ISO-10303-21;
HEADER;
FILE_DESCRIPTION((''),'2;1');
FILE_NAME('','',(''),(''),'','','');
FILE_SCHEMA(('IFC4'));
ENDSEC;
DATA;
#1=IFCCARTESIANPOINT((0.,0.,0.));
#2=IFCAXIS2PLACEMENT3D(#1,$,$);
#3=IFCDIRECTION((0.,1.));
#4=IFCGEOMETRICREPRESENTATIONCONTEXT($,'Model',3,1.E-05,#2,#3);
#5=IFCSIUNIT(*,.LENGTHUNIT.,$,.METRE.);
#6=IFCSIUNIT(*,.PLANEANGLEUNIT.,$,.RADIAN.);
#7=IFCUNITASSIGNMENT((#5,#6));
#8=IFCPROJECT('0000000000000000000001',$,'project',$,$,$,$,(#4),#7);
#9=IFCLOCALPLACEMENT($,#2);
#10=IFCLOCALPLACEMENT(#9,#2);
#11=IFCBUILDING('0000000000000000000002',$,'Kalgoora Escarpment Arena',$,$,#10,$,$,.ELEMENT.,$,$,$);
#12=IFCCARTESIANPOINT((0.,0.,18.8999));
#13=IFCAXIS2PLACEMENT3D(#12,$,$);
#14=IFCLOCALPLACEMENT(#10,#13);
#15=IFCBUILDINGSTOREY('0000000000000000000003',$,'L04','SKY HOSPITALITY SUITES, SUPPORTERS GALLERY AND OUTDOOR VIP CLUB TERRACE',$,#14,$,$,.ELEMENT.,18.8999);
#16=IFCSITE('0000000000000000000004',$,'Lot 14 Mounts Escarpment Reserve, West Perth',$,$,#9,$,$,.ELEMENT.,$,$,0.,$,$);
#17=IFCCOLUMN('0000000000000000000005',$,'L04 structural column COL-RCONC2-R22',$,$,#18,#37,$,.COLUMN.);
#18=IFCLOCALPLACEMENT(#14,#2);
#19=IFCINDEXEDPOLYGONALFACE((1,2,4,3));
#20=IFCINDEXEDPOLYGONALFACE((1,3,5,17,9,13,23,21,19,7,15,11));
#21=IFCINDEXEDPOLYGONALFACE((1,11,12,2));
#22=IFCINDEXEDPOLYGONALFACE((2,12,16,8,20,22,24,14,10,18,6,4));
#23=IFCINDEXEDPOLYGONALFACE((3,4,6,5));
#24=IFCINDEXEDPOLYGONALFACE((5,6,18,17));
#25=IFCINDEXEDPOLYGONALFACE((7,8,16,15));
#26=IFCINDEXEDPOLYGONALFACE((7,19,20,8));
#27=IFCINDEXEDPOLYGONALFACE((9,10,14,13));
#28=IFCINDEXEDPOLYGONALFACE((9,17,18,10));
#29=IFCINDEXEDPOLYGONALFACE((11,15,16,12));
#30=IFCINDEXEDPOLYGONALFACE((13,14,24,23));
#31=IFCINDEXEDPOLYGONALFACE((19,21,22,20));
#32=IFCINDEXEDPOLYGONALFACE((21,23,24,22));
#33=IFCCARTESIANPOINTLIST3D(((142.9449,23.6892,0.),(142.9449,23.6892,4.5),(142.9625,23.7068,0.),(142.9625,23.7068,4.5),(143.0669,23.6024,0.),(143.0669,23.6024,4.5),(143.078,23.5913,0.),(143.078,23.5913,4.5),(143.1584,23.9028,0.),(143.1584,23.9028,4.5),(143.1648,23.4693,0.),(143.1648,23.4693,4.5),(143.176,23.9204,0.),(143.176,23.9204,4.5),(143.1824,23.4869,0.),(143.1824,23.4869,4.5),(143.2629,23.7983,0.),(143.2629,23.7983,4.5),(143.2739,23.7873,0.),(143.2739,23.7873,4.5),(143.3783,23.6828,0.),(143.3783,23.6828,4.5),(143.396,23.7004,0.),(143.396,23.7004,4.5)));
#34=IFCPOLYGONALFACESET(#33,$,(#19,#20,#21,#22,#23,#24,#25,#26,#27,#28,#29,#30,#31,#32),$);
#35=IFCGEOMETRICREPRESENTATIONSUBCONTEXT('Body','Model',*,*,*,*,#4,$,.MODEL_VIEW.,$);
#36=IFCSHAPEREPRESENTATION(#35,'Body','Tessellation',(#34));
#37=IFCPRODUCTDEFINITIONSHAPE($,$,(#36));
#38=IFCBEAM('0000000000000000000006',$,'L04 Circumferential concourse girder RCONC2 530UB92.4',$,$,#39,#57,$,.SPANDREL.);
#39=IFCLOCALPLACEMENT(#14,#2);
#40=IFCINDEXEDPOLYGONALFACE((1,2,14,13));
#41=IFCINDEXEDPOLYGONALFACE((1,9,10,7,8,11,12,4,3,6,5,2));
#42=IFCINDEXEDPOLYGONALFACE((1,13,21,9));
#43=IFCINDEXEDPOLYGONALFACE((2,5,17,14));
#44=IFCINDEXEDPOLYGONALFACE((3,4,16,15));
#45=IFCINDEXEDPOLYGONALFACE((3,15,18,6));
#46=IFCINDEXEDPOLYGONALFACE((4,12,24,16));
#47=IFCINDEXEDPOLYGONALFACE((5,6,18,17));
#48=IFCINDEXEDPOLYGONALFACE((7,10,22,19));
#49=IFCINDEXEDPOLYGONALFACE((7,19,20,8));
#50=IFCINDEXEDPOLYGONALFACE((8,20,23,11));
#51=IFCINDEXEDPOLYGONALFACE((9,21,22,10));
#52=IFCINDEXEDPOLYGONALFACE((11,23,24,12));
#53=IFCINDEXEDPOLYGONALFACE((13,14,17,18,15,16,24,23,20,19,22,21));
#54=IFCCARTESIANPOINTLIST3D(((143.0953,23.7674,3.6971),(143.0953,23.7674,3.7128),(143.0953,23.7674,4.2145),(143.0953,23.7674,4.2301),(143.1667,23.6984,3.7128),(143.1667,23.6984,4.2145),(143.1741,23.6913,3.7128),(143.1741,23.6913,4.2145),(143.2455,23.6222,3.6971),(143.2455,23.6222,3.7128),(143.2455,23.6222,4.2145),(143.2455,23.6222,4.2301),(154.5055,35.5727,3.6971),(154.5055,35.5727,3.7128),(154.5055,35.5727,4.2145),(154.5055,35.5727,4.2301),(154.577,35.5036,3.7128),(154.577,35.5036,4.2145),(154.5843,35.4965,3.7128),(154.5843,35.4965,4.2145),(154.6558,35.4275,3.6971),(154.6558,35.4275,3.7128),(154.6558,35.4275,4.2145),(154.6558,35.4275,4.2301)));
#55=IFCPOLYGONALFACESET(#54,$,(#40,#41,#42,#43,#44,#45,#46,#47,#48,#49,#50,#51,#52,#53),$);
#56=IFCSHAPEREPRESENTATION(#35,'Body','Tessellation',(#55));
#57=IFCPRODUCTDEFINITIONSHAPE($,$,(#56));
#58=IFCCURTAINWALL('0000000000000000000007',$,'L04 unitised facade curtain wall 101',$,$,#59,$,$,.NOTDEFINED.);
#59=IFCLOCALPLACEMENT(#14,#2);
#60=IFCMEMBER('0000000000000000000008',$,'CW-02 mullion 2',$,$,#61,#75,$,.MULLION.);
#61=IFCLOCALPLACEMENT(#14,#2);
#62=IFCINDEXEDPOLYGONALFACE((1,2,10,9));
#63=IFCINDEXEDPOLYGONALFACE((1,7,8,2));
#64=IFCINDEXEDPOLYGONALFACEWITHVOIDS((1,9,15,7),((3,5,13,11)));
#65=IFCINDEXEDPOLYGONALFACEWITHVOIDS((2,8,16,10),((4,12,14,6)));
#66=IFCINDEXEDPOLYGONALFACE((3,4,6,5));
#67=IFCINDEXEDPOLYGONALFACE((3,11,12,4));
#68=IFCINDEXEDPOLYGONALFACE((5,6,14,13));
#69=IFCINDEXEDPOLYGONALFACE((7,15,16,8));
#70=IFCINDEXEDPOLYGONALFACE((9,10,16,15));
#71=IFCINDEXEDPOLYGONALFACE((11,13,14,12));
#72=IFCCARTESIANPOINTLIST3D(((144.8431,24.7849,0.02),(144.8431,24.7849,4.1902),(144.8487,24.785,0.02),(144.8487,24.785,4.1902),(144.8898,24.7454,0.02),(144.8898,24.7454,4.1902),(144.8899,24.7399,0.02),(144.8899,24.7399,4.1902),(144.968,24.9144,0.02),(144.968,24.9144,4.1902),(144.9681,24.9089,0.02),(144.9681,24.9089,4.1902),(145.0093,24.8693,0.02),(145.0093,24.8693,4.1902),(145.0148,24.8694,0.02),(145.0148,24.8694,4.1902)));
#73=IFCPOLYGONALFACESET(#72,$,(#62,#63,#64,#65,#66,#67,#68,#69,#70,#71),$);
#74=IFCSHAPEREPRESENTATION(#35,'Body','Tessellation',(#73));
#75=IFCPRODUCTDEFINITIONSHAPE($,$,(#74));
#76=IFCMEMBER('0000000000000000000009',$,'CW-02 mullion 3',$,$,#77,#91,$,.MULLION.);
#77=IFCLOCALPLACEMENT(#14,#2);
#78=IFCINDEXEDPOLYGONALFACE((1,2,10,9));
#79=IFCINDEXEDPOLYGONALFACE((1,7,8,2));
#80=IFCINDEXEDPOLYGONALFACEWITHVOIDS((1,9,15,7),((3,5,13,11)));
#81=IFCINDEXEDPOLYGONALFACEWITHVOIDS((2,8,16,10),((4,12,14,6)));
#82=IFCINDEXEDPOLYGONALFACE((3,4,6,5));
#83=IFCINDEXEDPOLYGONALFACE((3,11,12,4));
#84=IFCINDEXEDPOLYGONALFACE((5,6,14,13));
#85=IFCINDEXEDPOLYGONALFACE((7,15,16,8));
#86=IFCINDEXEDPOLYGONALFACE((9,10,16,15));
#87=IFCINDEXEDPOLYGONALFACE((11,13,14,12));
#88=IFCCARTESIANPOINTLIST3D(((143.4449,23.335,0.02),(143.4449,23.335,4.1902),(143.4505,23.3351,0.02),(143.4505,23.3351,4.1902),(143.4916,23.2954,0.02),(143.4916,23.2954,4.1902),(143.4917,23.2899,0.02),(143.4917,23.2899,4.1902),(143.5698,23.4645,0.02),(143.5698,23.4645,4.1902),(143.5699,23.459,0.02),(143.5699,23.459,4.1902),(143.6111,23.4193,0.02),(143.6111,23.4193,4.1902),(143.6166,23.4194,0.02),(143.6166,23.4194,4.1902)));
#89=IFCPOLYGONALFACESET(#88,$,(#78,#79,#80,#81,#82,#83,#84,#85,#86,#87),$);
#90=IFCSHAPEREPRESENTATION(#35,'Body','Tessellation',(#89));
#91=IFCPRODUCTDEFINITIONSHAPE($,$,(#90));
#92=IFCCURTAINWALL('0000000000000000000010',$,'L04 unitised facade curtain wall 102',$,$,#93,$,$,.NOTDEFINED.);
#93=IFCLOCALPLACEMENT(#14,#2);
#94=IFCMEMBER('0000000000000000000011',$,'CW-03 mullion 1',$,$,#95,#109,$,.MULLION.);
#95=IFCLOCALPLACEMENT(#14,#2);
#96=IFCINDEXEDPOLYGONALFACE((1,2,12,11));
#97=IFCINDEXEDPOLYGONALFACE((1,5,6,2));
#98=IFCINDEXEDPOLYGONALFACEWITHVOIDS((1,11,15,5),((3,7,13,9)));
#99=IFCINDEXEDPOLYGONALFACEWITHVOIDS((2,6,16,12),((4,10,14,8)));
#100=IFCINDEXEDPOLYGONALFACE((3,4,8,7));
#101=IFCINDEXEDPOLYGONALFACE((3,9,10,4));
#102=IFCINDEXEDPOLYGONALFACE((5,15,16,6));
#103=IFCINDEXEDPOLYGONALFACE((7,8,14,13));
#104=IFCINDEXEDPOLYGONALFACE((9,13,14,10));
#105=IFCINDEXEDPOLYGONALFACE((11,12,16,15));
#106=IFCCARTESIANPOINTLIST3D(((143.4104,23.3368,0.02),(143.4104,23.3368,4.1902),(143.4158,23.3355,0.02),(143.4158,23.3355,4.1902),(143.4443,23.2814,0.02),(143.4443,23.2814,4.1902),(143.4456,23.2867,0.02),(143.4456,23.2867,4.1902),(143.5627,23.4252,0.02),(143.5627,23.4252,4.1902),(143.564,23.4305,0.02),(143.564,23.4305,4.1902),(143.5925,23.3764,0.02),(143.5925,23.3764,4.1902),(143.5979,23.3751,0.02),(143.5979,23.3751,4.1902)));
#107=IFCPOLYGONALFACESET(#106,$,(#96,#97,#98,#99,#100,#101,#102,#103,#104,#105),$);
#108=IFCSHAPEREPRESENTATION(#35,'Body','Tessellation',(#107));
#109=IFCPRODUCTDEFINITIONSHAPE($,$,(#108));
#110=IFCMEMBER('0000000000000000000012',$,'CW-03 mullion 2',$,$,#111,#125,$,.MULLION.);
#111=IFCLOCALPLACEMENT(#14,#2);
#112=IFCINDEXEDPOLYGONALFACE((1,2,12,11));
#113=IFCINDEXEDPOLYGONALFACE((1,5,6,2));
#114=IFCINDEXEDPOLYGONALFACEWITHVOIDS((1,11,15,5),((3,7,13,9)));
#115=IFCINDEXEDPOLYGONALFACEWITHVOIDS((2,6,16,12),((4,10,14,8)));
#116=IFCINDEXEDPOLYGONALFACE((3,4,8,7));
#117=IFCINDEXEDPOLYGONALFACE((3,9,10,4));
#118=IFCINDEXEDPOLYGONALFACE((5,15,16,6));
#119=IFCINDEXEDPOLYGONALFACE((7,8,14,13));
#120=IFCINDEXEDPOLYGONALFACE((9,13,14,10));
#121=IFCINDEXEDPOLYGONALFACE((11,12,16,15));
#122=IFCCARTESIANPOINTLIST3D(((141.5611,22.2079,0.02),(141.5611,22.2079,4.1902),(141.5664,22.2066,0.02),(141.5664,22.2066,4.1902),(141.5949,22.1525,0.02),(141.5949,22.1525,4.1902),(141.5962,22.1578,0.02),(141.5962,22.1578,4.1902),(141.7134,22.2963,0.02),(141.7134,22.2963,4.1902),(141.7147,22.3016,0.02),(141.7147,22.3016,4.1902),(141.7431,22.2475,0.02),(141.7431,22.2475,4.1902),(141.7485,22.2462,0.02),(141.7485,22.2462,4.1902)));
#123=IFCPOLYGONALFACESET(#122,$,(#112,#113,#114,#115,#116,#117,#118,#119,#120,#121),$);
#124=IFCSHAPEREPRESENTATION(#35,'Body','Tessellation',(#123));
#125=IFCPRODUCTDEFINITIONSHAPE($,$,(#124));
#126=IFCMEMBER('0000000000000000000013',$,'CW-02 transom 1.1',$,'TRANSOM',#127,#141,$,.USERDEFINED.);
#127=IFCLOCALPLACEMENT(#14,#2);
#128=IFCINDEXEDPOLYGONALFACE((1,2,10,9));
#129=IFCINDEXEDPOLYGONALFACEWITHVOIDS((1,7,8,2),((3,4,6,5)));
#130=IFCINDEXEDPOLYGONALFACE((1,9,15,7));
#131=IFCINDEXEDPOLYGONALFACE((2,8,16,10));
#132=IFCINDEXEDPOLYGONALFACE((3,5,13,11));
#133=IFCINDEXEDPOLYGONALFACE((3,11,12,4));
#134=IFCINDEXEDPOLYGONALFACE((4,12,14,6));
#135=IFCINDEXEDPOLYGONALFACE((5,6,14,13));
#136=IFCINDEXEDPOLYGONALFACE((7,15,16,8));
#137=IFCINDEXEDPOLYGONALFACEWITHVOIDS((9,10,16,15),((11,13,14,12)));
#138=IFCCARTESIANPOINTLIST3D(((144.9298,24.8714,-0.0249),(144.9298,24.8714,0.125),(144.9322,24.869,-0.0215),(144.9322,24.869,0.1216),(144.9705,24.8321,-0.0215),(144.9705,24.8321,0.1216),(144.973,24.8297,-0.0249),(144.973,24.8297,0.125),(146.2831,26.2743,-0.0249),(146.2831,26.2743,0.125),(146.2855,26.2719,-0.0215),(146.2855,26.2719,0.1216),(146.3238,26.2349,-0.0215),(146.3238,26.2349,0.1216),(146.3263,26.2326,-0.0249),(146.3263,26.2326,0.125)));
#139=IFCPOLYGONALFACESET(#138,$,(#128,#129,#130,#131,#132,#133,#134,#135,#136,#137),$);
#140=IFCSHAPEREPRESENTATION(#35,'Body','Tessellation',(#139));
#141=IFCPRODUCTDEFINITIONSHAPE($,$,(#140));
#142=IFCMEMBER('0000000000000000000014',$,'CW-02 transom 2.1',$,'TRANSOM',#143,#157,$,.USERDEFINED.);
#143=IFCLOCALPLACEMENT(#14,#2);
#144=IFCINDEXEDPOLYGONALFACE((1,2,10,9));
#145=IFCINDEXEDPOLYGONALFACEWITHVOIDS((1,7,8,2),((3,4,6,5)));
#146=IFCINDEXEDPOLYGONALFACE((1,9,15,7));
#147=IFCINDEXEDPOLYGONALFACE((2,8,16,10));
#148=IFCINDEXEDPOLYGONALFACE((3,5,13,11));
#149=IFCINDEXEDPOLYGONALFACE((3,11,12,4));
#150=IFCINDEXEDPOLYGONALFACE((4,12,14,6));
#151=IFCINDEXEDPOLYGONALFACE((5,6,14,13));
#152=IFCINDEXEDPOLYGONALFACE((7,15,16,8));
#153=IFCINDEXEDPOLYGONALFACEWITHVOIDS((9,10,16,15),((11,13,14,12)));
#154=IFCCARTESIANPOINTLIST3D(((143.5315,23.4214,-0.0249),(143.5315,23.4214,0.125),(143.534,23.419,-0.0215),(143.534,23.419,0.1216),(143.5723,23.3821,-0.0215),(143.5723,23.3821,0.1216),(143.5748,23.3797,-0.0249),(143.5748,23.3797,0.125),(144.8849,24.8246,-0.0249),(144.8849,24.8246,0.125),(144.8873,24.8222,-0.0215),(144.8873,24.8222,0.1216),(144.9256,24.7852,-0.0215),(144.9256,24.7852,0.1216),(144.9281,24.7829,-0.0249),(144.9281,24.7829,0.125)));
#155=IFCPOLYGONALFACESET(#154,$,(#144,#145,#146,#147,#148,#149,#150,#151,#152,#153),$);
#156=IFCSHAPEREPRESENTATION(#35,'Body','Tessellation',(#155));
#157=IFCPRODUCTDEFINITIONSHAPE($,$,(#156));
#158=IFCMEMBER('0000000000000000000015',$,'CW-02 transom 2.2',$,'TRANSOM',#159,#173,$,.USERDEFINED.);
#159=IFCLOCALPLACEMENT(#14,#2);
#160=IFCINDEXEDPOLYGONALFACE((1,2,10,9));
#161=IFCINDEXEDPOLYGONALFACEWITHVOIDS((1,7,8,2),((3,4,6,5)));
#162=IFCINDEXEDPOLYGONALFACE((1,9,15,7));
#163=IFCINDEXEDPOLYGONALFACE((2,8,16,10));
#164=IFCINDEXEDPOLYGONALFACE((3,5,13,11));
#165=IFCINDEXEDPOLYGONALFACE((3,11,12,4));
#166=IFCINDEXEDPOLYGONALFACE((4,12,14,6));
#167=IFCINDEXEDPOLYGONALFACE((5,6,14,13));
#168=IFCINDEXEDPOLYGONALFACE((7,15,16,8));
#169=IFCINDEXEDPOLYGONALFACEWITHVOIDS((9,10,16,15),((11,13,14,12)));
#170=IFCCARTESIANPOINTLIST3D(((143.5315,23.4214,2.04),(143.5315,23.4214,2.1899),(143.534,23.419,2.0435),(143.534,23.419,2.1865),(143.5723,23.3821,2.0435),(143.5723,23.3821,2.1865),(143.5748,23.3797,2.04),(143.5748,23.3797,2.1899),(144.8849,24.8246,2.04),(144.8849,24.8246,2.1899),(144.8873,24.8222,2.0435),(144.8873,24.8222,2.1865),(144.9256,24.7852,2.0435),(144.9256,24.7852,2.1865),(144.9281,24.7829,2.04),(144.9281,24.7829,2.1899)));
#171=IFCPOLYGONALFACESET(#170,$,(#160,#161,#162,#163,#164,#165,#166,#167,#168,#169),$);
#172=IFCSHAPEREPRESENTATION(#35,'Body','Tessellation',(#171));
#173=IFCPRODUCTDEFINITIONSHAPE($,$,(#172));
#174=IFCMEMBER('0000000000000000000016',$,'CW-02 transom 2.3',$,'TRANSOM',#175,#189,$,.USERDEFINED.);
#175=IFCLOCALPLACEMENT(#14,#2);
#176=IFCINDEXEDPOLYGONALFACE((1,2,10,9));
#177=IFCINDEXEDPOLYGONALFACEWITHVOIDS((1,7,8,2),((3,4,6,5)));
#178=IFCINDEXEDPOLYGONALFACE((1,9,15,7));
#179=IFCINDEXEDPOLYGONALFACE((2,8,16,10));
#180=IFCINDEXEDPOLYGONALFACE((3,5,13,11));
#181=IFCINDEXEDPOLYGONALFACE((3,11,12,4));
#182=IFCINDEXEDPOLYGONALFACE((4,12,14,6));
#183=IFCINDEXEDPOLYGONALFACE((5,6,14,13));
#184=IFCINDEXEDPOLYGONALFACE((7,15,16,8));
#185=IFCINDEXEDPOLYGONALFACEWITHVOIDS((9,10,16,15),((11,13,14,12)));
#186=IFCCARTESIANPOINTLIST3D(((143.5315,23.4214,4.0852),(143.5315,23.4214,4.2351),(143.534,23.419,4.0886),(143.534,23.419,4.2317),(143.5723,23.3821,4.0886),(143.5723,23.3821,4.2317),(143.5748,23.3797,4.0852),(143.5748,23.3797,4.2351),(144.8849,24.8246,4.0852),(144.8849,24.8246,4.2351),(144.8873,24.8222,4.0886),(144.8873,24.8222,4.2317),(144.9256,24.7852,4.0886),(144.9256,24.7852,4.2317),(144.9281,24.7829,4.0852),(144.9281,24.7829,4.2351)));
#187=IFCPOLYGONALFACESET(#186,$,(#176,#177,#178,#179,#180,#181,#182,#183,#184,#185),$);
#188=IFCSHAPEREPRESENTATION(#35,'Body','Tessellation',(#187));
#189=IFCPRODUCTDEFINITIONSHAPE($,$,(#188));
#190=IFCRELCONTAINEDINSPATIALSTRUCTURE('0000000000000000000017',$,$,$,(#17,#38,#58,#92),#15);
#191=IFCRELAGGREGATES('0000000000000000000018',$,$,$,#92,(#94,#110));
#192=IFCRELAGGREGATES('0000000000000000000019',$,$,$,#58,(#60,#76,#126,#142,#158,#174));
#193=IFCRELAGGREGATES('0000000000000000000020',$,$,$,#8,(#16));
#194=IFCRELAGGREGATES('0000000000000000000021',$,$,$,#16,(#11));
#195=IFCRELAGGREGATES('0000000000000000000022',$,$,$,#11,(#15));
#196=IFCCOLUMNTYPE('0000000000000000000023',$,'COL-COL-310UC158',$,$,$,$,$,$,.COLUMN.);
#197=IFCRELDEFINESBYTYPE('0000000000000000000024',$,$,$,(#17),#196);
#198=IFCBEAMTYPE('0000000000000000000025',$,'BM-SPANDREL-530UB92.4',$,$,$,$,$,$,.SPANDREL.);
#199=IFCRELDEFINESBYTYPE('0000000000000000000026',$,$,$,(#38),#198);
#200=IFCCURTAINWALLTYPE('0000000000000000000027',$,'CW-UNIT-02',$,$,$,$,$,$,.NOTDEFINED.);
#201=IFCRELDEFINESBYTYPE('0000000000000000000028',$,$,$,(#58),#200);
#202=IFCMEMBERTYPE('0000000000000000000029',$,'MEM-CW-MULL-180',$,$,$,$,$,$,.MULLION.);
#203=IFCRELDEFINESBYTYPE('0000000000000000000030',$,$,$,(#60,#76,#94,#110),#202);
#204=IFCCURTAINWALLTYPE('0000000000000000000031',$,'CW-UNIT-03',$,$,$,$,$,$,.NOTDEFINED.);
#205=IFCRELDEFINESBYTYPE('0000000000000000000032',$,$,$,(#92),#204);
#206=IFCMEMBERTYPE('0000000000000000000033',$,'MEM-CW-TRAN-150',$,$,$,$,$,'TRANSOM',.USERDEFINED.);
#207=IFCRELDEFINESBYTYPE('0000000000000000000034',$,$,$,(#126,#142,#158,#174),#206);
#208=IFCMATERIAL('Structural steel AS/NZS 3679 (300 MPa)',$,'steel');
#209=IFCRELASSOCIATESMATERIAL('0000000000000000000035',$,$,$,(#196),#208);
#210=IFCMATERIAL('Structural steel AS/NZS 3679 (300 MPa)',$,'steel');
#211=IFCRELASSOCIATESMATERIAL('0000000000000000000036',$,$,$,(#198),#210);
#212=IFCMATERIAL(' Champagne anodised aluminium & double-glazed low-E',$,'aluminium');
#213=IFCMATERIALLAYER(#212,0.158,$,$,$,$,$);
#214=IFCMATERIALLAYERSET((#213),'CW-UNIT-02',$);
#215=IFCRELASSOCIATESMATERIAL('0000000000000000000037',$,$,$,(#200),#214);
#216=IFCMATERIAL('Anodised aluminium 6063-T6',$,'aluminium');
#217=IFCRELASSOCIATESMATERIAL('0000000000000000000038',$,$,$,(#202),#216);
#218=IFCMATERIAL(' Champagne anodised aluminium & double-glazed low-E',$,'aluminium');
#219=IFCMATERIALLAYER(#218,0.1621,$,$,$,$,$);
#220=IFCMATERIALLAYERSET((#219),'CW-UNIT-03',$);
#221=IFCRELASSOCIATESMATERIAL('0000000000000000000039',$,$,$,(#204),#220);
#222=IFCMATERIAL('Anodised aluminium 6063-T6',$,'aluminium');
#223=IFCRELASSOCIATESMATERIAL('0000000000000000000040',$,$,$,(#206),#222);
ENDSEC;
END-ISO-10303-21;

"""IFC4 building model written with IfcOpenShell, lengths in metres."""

from ifc_helpers import new_model, si_unit, direction, frame, origin, origin_2d, place, context, subcontext, project, spatial, hollow_rectangle, i_section, extrude, material, layer, layer_set, material_profile, profile_set, type_object, element, aggregate, save


model = new_model("IFC4")

# Units and contexts
model_context = context("Model", 3, precision=1e-05, world=origin(), true_north=direction((0.0, 1.0)))
body_context = subcontext(model_context, "Body", "Model", "MODEL_VIEW")
ifc_project = project(units=[si_unit("LENGTHUNIT", "METRE"), si_unit("PLANEANGLEUNIT", "RADIAN")], contexts=[model_context])

# Site, building, storey
site_placement = place(None, origin())
site = spatial("IfcSite", under=ifc_project, at=site_placement, Name="Lot 14 Mounts Escarpment Reserve, West Perth", CompositionType="ELEMENT", RefElevation=0.0)
building_placement = place(site_placement, origin())
building = spatial("IfcBuilding", under=site, at=building_placement, Name="Kalgoora Escarpment Arena", CompositionType="ELEMENT")
storey_placement = place(building_placement, frame((0.0, 0.0, 18.8999)))
storey = spatial("IfcBuildingStorey", under=building, at=storey_placement, Name="L04", Description="SKY HOSPITALITY SUITES, SUPPORTERS GALLERY AND OUTDOOR VIP CLUB TERRACE", CompositionType="ELEMENT", Elevation=18.8999)

# Column
ifc_material_1 = material(Name="Structural steel AS/NZS 3679 (300 MPa)", Category="steel")
ifc_material_profile_1 = material_profile(ifc_material_1, i_section(OverallWidth=0.311, OverallDepth=0.3269, WebThickness=0.0156, FlangeThickness=0.0249, at=origin_2d()))
ifc_profile_set_1 = profile_set([ifc_material_profile_1], Name="Structural steel AS/NZS 3679 (300 MPa)")
column_type = type_object("IfcColumnType", Name="COL-COL-310UC158", PredefinedType="COLUMN", material=ifc_profile_set_1)
column_placement = place(storey_placement, frame((143.1704, 23.6948, 0.0), z_axis=(0.0, 0.0, 1.0), x_axis=(0.707107, -0.707107, 0.0)))
element("IfcColumn", 1, at=column_placement, inside=storey, type_object=column_type, Name="L04 structural column COL-RCONC2-R22", PredefinedType="COLUMN", context=body_context, shape_type="SweptSolid", body=[
    extrude(i_section(OverallWidth=0.311, OverallDepth=0.3269, WebThickness=0.0156, FlangeThickness=0.0249, at=origin_2d()), origin(), (0.0, 0.0, 1.0), 4.5),
])

# Beam
ifc_material_2 = material(Name="Structural steel AS/NZS 3679 (300 MPa)", Category="steel")
ifc_material_profile_2 = material_profile(ifc_material_2, i_section(OverallWidth=0.209, OverallDepth=0.533, WebThickness=0.0103, FlangeThickness=0.0156, at=origin_2d()))
ifc_profile_set_2 = profile_set([ifc_material_profile_2], Name="Structural steel AS/NZS 3679 (300 MPa)")
beam_type = type_object("IfcBeamType", Name="BM-SPANDREL-530UB92.4", PredefinedType="SPANDREL", material=ifc_profile_set_2)
beam_placement = place(storey_placement, frame((143.1704, 23.6948, 3.9636), z_axis=(0.694974, 0.719034, 0.0), x_axis=(-0.719034, 0.694974, 0.0)))
element("IfcBeam", 2, at=beam_placement, inside=storey, type_object=beam_type, Name="L04 Circumferential concourse girder RCONC2 530UB92.4", PredefinedType="SPANDREL", context=body_context, shape_type="SweptSolid", body=[
    extrude(i_section(OverallWidth=0.209, OverallDepth=0.533, WebThickness=0.0103, FlangeThickness=0.0156, at=origin_2d()), origin(), (0.0, 0.0, 1.0), 16.4182),
])

# Curtain walls, members
ifc_material_3 = material(Name=" Champagne anodised aluminium & double-glazed low-E", Category="aluminium")
ifc_layer_1 = layer(ifc_material_3, 0.158)
ifc_layer_set_1 = layer_set([ifc_layer_1], Name="CW-UNIT-02")
curtain_wall_type_1 = type_object("IfcCurtainWallType", Name="CW-UNIT-02", PredefinedType="NOTDEFINED", material=ifc_layer_set_1)
curtain_wall_1_placement = place(storey_placement, origin())
curtain_wall_1 = element("IfcCurtainWall", 3, at=curtain_wall_1_placement, inside=storey, type_object=curtain_wall_type_1, Name="L04 unitised facade curtain wall 101", PredefinedType="NOTDEFINED")
ifc_material_4 = material(Name="Anodised aluminium 6063-T6", Category="aluminium")
ifc_material_profile_3 = material_profile(ifc_material_4, hollow_rectangle(XDim=0.0649, YDim=0.1799, WallThickness=0.0039, at=origin_2d()))
ifc_profile_set_3 = profile_set([ifc_material_profile_3], Name="Anodised aluminium 6063-T6")
member_type_1 = type_object("IfcMemberType", Name="MEM-CW-MULL-180", PredefinedType="MULLION", material=ifc_profile_set_3)
member_1_placement = place(storey_placement, frame((144.929, 24.8271, 0.02), z_axis=(0.0, 0.0, 1.0), x_axis=(0.71978, -0.694202, 0.0)))
member_1 = element("IfcMember", 4, at=member_1_placement, type_object=member_type_1, Name="CW-02 mullion 2", PredefinedType="MULLION", context=body_context, shape_type="SweptSolid", body=[
    extrude(hollow_rectangle(XDim=0.0649, YDim=0.1799, WallThickness=0.0039, at=origin_2d()), origin(), (0.0, 0.0, 1.0), 4.1702),
])
member_2_placement = place(storey_placement, frame((143.5308, 23.3772, 0.02), z_axis=(0.0, 0.0, 1.0), x_axis=(0.71978, -0.694202, 0.0)))
member_2 = element("IfcMember", 5, at=member_2_placement, type_object=member_type_1, Name="CW-02 mullion 3", PredefinedType="MULLION", context=body_context, shape_type="SweptSolid", body=[
    extrude(hollow_rectangle(XDim=0.0649, YDim=0.1799, WallThickness=0.0039, at=origin_2d()), origin(), (0.0, 0.0, 1.0), 4.1702),
])
ifc_material_5 = material(Name=" Champagne anodised aluminium & double-glazed low-E", Category="aluminium")
ifc_layer_2 = layer(ifc_material_5, 0.1621)
ifc_layer_set_2 = layer_set([ifc_layer_2], Name="CW-UNIT-03")
curtain_wall_type_2 = type_object("IfcCurtainWallType", Name="CW-UNIT-03", PredefinedType="NOTDEFINED", material=ifc_layer_set_2)
curtain_wall_2_placement = place(storey_placement, origin())
curtain_wall_2 = element("IfcCurtainWall", 6, at=curtain_wall_2_placement, inside=storey, type_object=curtain_wall_type_2, Name="L04 unitised facade curtain wall 102", PredefinedType="NOTDEFINED")
member_3_placement = place(storey_placement, frame((143.5042, 23.356, 0.02), z_axis=(0.0, 0.0, 1.0), x_axis=(0.52104, -0.853532, 0.0)))
member_3 = element("IfcMember", 7, at=member_3_placement, type_object=member_type_1, Name="CW-03 mullion 1", PredefinedType="MULLION", context=body_context, shape_type="SweptSolid", body=[
    extrude(hollow_rectangle(XDim=0.0649, YDim=0.1799, WallThickness=0.0039, at=origin_2d()), origin(), (0.0, 0.0, 1.0), 4.1702),
])
member_4_placement = place(storey_placement, frame((141.6548, 22.2271, 0.02), z_axis=(0.0, 0.0, 1.0), x_axis=(0.52104, -0.853532, 0.0)))
member_4 = element("IfcMember", 8, at=member_4_placement, type_object=member_type_1, Name="CW-03 mullion 2", PredefinedType="MULLION", context=body_context, shape_type="SweptSolid", body=[
    extrude(hollow_rectangle(XDim=0.0649, YDim=0.1799, WallThickness=0.0039, at=origin_2d()), origin(), (0.0, 0.0, 1.0), 4.1702),
])

# Members
ifc_material_6 = material(Name="Anodised aluminium 6063-T6", Category="aluminium")
ifc_material_profile_4 = material_profile(ifc_material_6, hollow_rectangle(XDim=0.0601, YDim=0.1499, WallThickness=0.0034, at=origin_2d()))
ifc_profile_set_4 = profile_set([ifc_material_profile_4], Name="Anodised aluminium 6063-T6")
member_type_2 = type_object("IfcMemberType", Name="MEM-CW-TRAN-150", ElementType="TRANSOM", PredefinedType="USERDEFINED", material=ifc_profile_set_4)
member_5_placement = place(storey_placement, frame((146.3047, 26.2534, 0.05), z_axis=(-0.694279, -0.719706, 0.0), x_axis=(0.719706, -0.694279, 0.0)))
member_5 = element("IfcMember", 9, at=member_5_placement, type_object=member_type_2, Name="CW-02 transom 1.1", ObjectType="TRANSOM", PredefinedType="USERDEFINED", context=body_context, shape_type="SweptSolid", body=[
    extrude(hollow_rectangle(XDim=0.0601, YDim=0.1499, WallThickness=0.0034, at=origin_2d()), origin(), (0.0, 0.0, 1.0), 1.9492),
])
member_6_placement = place(storey_placement, frame((144.9065, 24.8037, 0.05), z_axis=(-0.694217, -0.719766, 0.0), x_axis=(0.719766, -0.694217, 0.0)))
member_6 = element("IfcMember", 10, at=member_6_placement, type_object=member_type_2, Name="CW-02 transom 2.1", ObjectType="TRANSOM", PredefinedType="USERDEFINED", context=body_context, shape_type="SweptSolid", body=[
    extrude(hollow_rectangle(XDim=0.0601, YDim=0.1499, WallThickness=0.0034, at=origin_2d()), origin(), (0.0, 0.0, 1.0), 1.9495),
])
member_7_placement = place(storey_placement, frame((144.9065, 24.8037, 2.115), z_axis=(-0.694217, -0.719766, 0.0), x_axis=(0.719766, -0.694217, 0.0)))
member_7 = element("IfcMember", 11, at=member_7_placement, type_object=member_type_2, Name="CW-02 transom 2.2", ObjectType="TRANSOM", PredefinedType="USERDEFINED", context=body_context, shape_type="SweptSolid", body=[
    extrude(hollow_rectangle(XDim=0.0601, YDim=0.1499, WallThickness=0.0034, at=origin_2d()), origin(), (0.0, 0.0, 1.0), 1.9495),
])
member_8_placement = place(storey_placement, frame((144.9065, 24.8037, 4.1602), z_axis=(-0.694217, -0.719766, 0.0), x_axis=(0.719766, -0.694217, 0.0)))
member_8 = element("IfcMember", 12, at=member_8_placement, type_object=member_type_2, Name="CW-02 transom 2.3", ObjectType="TRANSOM", PredefinedType="USERDEFINED", context=body_context, shape_type="SweptSolid", body=[
    extrude(hollow_rectangle(XDim=0.0601, YDim=0.1499, WallThickness=0.0034, at=origin_2d()), origin(), (0.0, 0.0, 1.0), 1.9495),
])

aggregate(curtain_wall_2, [member_3, member_4])
aggregate(curtain_wall_1, [member_1, member_2, member_5, member_6, member_7, member_8])

save(model, "model.ifc")
